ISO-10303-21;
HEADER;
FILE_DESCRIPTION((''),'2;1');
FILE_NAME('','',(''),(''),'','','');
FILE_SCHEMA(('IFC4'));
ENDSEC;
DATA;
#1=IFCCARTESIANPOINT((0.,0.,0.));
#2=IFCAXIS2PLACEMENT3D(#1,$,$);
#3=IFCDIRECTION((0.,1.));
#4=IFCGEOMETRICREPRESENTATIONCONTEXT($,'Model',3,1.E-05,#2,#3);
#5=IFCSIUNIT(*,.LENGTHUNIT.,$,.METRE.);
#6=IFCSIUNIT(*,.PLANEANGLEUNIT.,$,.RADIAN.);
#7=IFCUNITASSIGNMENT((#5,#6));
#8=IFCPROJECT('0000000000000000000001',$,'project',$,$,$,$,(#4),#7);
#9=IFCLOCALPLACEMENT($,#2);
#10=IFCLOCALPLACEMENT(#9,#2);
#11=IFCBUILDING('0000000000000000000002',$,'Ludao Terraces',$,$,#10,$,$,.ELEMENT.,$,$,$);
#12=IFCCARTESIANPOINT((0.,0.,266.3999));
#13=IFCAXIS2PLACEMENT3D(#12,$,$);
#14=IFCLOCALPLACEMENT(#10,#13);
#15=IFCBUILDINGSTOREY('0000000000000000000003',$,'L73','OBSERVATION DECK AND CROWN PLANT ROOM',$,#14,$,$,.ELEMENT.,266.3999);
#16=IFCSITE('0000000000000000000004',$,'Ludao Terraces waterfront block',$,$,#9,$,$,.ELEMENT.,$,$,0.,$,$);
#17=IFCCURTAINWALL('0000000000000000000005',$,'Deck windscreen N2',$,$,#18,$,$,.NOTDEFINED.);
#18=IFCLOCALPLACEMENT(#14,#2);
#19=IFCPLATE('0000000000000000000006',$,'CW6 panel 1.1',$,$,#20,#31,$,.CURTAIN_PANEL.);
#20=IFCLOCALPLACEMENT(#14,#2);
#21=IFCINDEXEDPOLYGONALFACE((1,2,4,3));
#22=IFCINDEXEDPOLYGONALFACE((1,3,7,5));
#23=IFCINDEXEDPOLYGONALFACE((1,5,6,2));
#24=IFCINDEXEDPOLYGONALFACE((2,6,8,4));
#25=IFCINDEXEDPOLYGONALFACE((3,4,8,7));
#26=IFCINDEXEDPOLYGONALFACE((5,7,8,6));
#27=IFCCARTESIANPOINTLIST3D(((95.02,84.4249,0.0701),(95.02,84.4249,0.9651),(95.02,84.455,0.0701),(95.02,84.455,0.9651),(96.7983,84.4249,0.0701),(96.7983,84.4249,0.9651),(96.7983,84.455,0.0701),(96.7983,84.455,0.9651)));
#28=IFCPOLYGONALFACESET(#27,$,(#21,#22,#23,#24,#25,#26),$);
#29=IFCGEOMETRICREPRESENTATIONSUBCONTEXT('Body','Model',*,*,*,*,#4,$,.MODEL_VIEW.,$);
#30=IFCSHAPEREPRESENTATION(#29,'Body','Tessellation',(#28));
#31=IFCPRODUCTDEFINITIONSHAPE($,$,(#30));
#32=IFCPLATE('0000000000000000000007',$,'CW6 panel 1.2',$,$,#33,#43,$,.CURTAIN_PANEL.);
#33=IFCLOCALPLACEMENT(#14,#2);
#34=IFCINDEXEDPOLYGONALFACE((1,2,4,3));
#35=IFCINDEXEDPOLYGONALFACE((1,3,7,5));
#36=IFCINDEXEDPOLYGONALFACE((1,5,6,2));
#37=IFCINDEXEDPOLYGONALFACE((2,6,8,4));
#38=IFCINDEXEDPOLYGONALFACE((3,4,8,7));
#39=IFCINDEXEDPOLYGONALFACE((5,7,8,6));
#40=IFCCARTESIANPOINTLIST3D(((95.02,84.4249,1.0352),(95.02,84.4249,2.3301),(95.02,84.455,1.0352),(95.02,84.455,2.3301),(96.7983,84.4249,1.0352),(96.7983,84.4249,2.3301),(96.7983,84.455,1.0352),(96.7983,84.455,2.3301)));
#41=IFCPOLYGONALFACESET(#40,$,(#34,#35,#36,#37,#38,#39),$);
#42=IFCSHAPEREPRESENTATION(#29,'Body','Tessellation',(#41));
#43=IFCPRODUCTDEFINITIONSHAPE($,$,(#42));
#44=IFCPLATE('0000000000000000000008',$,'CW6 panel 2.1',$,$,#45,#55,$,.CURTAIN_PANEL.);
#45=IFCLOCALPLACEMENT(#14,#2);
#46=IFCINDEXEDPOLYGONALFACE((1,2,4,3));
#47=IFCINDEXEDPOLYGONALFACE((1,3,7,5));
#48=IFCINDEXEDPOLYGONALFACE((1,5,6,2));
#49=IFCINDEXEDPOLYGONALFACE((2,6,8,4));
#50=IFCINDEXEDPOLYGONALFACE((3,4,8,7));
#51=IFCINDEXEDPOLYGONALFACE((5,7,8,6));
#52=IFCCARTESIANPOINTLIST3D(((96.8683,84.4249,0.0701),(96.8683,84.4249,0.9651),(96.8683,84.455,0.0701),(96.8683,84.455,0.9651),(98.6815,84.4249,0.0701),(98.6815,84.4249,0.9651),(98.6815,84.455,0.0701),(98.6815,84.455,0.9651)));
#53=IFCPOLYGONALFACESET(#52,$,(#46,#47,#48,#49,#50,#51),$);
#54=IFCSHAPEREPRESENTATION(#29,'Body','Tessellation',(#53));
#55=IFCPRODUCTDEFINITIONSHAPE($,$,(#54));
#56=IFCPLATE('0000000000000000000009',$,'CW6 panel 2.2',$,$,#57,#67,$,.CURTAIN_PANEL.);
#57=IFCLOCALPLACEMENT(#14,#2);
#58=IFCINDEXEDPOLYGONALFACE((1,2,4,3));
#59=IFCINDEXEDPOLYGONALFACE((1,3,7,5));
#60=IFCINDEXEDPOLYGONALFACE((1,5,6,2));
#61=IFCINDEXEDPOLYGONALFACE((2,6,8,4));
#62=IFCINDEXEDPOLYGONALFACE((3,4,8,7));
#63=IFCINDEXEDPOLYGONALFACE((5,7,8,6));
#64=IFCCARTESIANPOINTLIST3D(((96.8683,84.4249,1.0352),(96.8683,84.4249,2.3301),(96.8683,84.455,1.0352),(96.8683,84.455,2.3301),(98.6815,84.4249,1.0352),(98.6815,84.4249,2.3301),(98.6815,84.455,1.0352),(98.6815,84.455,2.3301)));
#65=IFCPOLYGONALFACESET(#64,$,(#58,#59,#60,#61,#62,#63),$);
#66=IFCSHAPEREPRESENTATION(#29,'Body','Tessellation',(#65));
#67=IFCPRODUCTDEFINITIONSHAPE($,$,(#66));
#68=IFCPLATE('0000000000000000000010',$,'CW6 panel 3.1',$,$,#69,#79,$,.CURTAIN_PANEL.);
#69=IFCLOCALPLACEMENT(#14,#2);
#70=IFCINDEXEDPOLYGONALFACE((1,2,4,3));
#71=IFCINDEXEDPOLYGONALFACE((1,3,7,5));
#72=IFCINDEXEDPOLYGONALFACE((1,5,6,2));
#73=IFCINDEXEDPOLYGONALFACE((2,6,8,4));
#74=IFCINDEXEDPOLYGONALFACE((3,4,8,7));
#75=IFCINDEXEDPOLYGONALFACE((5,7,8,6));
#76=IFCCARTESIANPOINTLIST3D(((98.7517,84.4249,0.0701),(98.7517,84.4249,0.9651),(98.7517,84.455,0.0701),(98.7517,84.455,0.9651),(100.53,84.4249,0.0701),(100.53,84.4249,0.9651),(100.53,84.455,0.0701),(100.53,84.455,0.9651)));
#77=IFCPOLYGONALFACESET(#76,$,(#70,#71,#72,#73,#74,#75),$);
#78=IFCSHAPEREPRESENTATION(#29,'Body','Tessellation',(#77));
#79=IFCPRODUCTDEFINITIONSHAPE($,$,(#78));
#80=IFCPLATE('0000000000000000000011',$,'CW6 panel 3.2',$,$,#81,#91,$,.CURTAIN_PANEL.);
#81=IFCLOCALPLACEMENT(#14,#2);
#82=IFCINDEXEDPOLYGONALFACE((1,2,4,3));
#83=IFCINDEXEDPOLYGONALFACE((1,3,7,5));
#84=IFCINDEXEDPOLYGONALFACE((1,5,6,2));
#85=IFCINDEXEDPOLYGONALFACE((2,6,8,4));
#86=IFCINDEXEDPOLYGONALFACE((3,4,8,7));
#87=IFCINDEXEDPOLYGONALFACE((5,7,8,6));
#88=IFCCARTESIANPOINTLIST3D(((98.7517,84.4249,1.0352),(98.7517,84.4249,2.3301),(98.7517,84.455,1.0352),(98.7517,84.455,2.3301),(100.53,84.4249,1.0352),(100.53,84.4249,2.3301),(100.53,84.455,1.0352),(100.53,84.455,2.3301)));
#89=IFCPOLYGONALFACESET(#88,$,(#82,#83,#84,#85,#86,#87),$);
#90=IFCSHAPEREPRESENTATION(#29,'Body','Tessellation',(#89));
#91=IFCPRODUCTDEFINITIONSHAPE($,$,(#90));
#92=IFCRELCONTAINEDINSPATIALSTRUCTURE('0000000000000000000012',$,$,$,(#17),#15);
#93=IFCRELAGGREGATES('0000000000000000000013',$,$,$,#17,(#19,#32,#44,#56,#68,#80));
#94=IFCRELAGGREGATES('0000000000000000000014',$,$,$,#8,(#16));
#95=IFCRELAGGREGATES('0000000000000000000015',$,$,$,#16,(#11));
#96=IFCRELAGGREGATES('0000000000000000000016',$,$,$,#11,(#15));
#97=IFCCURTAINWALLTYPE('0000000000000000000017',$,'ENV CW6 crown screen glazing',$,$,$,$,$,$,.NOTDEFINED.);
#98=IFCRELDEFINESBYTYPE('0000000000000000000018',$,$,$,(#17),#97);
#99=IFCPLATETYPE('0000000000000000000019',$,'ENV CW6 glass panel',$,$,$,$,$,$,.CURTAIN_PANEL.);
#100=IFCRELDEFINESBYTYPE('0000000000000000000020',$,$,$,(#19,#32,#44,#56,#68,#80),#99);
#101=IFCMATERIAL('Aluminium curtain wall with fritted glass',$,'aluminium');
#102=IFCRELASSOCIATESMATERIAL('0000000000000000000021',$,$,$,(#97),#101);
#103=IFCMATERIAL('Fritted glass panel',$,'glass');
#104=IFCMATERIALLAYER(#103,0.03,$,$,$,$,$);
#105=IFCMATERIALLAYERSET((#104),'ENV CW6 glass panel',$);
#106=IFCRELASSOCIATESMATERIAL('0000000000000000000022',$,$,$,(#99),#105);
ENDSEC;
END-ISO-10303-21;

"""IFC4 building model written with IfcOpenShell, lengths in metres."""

from ifc_helpers import new_model, si_unit, direction, frame, origin, origin_2d, place, context, subcontext, project, spatial, rectangle, extrude, material, layer, layer_set, type_object, element, aggregate, save


model = new_model("IFC4")

# Units and contexts
model_context = context("Model", 3, precision=1e-05, world=origin(), true_north=direction((0.0, 1.0)))
body_context = subcontext(model_context, "Body", "Model", "MODEL_VIEW")
ifc_project = project(units=[si_unit("LENGTHUNIT", "METRE"), si_unit("PLANEANGLEUNIT", "RADIAN")], contexts=[model_context])

# Site, building, storey
site_placement = place(None, origin())
site = spatial("IfcSite", under=ifc_project, at=site_placement, Name="Ludao Terraces waterfront block", CompositionType="ELEMENT", RefElevation=0.0)
building_placement = place(site_placement, origin())
building = spatial("IfcBuilding", under=site, at=building_placement, Name="Ludao Terraces", CompositionType="ELEMENT")
storey_placement = place(building_placement, frame((0.0, 0.0, 266.3999)))
storey = spatial("IfcBuildingStorey", under=building, at=storey_placement, Name="L73", Description="OBSERVATION DECK AND CROWN PLANT ROOM", CompositionType="ELEMENT", Elevation=266.3999)

# Curtain wall, plates
ifc_material_1 = material(Name="Aluminium curtain wall with fritted glass", Category="aluminium")
curtain_wall_type = type_object("IfcCurtainWallType", Name="ENV CW6 crown screen glazing", PredefinedType="NOTDEFINED", material=ifc_material_1)
curtain_wall_placement = place(storey_placement, origin())
curtain_wall = element("IfcCurtainWall", 1, at=curtain_wall_placement, inside=storey, type_object=curtain_wall_type, Name="Deck windscreen N2", PredefinedType="NOTDEFINED")
ifc_material_2 = material(Name="Fritted glass panel", Category="glass")
ifc_layer = layer(ifc_material_2, 0.03)
ifc_layer_set = layer_set([ifc_layer], Name="ENV CW6 glass panel")
plate_type = type_object("IfcPlateType", Name="ENV CW6 glass panel", PredefinedType="CURTAIN_PANEL", material=ifc_layer_set)
plate_1_placement = place(storey_placement, frame((95.9092, 84.4399, 0.0701), z_axis=(0.0, 0.0, 1.0), x_axis=(1.0, 0.0, 0.0)))
plate_1 = element("IfcPlate", 2, at=plate_1_placement, type_object=plate_type, Name="CW6 panel 1.1", PredefinedType="CURTAIN_PANEL", context=body_context, shape_type="SweptSolid", body=[
    extrude(rectangle(XDim=1.7783, YDim=0.03, at=origin_2d()), origin(), (0.0, 0.0, 1.0), 0.895),
])
plate_2_placement = place(storey_placement, frame((95.9092, 84.4399, 1.0352), z_axis=(0.0, 0.0, 1.0), x_axis=(1.0, 0.0, 0.0)))
plate_2 = element("IfcPlate", 3, at=plate_2_placement, type_object=plate_type, Name="CW6 panel 1.2", PredefinedType="CURTAIN_PANEL", context=body_context, shape_type="SweptSolid", body=[
    extrude(rectangle(XDim=1.7783, YDim=0.03, at=origin_2d()), origin(), (0.0, 0.0, 1.0), 1.2949),
])
plate_3_placement = place(storey_placement, frame((97.7749, 84.4399, 0.0701), z_axis=(0.0, 0.0, 1.0), x_axis=(1.0, 0.0, 0.0)))
plate_3 = element("IfcPlate", 4, at=plate_3_placement, type_object=plate_type, Name="CW6 panel 2.1", PredefinedType="CURTAIN_PANEL", context=body_context, shape_type="SweptSolid", body=[
    extrude(rectangle(XDim=1.8132, YDim=0.03, at=origin_2d()), origin(), (0.0, 0.0, 1.0), 0.895),
])
plate_4_placement = place(storey_placement, frame((97.7749, 84.4399, 1.0352), z_axis=(0.0, 0.0, 1.0), x_axis=(1.0, 0.0, 0.0)))
plate_4 = element("IfcPlate", 5, at=plate_4_placement, type_object=plate_type, Name="CW6 panel 2.2", PredefinedType="CURTAIN_PANEL", context=body_context, shape_type="SweptSolid", body=[
    extrude(rectangle(XDim=1.8132, YDim=0.03, at=origin_2d()), origin(), (0.0, 0.0, 1.0), 1.2949),
])
plate_5_placement = place(storey_placement, frame((99.6409, 84.4399, 0.0701), z_axis=(0.0, 0.0, 1.0), x_axis=(1.0, 0.0, 0.0)))
plate_5 = element("IfcPlate", 6, at=plate_5_placement, type_object=plate_type, Name="CW6 panel 3.1", PredefinedType="CURTAIN_PANEL", context=body_context, shape_type="SweptSolid", body=[
    extrude(rectangle(XDim=1.7783, YDim=0.03, at=origin_2d()), origin(), (0.0, 0.0, 1.0), 0.895),
])
plate_6_placement = place(storey_placement, frame((99.6409, 84.4399, 1.0352), z_axis=(0.0, 0.0, 1.0), x_axis=(1.0, 0.0, 0.0)))
plate_6 = element("IfcPlate", 7, at=plate_6_placement, type_object=plate_type, Name="CW6 panel 3.2", PredefinedType="CURTAIN_PANEL", context=body_context, shape_type="SweptSolid", body=[
    extrude(rectangle(XDim=1.7783, YDim=0.03, at=origin_2d()), origin(), (0.0, 0.0, 1.0), 1.2949),
])
aggregate(curtain_wall, [plate_1, plate_2, plate_3, plate_4, plate_5, plate_6])

save(model, "model.ifc")
